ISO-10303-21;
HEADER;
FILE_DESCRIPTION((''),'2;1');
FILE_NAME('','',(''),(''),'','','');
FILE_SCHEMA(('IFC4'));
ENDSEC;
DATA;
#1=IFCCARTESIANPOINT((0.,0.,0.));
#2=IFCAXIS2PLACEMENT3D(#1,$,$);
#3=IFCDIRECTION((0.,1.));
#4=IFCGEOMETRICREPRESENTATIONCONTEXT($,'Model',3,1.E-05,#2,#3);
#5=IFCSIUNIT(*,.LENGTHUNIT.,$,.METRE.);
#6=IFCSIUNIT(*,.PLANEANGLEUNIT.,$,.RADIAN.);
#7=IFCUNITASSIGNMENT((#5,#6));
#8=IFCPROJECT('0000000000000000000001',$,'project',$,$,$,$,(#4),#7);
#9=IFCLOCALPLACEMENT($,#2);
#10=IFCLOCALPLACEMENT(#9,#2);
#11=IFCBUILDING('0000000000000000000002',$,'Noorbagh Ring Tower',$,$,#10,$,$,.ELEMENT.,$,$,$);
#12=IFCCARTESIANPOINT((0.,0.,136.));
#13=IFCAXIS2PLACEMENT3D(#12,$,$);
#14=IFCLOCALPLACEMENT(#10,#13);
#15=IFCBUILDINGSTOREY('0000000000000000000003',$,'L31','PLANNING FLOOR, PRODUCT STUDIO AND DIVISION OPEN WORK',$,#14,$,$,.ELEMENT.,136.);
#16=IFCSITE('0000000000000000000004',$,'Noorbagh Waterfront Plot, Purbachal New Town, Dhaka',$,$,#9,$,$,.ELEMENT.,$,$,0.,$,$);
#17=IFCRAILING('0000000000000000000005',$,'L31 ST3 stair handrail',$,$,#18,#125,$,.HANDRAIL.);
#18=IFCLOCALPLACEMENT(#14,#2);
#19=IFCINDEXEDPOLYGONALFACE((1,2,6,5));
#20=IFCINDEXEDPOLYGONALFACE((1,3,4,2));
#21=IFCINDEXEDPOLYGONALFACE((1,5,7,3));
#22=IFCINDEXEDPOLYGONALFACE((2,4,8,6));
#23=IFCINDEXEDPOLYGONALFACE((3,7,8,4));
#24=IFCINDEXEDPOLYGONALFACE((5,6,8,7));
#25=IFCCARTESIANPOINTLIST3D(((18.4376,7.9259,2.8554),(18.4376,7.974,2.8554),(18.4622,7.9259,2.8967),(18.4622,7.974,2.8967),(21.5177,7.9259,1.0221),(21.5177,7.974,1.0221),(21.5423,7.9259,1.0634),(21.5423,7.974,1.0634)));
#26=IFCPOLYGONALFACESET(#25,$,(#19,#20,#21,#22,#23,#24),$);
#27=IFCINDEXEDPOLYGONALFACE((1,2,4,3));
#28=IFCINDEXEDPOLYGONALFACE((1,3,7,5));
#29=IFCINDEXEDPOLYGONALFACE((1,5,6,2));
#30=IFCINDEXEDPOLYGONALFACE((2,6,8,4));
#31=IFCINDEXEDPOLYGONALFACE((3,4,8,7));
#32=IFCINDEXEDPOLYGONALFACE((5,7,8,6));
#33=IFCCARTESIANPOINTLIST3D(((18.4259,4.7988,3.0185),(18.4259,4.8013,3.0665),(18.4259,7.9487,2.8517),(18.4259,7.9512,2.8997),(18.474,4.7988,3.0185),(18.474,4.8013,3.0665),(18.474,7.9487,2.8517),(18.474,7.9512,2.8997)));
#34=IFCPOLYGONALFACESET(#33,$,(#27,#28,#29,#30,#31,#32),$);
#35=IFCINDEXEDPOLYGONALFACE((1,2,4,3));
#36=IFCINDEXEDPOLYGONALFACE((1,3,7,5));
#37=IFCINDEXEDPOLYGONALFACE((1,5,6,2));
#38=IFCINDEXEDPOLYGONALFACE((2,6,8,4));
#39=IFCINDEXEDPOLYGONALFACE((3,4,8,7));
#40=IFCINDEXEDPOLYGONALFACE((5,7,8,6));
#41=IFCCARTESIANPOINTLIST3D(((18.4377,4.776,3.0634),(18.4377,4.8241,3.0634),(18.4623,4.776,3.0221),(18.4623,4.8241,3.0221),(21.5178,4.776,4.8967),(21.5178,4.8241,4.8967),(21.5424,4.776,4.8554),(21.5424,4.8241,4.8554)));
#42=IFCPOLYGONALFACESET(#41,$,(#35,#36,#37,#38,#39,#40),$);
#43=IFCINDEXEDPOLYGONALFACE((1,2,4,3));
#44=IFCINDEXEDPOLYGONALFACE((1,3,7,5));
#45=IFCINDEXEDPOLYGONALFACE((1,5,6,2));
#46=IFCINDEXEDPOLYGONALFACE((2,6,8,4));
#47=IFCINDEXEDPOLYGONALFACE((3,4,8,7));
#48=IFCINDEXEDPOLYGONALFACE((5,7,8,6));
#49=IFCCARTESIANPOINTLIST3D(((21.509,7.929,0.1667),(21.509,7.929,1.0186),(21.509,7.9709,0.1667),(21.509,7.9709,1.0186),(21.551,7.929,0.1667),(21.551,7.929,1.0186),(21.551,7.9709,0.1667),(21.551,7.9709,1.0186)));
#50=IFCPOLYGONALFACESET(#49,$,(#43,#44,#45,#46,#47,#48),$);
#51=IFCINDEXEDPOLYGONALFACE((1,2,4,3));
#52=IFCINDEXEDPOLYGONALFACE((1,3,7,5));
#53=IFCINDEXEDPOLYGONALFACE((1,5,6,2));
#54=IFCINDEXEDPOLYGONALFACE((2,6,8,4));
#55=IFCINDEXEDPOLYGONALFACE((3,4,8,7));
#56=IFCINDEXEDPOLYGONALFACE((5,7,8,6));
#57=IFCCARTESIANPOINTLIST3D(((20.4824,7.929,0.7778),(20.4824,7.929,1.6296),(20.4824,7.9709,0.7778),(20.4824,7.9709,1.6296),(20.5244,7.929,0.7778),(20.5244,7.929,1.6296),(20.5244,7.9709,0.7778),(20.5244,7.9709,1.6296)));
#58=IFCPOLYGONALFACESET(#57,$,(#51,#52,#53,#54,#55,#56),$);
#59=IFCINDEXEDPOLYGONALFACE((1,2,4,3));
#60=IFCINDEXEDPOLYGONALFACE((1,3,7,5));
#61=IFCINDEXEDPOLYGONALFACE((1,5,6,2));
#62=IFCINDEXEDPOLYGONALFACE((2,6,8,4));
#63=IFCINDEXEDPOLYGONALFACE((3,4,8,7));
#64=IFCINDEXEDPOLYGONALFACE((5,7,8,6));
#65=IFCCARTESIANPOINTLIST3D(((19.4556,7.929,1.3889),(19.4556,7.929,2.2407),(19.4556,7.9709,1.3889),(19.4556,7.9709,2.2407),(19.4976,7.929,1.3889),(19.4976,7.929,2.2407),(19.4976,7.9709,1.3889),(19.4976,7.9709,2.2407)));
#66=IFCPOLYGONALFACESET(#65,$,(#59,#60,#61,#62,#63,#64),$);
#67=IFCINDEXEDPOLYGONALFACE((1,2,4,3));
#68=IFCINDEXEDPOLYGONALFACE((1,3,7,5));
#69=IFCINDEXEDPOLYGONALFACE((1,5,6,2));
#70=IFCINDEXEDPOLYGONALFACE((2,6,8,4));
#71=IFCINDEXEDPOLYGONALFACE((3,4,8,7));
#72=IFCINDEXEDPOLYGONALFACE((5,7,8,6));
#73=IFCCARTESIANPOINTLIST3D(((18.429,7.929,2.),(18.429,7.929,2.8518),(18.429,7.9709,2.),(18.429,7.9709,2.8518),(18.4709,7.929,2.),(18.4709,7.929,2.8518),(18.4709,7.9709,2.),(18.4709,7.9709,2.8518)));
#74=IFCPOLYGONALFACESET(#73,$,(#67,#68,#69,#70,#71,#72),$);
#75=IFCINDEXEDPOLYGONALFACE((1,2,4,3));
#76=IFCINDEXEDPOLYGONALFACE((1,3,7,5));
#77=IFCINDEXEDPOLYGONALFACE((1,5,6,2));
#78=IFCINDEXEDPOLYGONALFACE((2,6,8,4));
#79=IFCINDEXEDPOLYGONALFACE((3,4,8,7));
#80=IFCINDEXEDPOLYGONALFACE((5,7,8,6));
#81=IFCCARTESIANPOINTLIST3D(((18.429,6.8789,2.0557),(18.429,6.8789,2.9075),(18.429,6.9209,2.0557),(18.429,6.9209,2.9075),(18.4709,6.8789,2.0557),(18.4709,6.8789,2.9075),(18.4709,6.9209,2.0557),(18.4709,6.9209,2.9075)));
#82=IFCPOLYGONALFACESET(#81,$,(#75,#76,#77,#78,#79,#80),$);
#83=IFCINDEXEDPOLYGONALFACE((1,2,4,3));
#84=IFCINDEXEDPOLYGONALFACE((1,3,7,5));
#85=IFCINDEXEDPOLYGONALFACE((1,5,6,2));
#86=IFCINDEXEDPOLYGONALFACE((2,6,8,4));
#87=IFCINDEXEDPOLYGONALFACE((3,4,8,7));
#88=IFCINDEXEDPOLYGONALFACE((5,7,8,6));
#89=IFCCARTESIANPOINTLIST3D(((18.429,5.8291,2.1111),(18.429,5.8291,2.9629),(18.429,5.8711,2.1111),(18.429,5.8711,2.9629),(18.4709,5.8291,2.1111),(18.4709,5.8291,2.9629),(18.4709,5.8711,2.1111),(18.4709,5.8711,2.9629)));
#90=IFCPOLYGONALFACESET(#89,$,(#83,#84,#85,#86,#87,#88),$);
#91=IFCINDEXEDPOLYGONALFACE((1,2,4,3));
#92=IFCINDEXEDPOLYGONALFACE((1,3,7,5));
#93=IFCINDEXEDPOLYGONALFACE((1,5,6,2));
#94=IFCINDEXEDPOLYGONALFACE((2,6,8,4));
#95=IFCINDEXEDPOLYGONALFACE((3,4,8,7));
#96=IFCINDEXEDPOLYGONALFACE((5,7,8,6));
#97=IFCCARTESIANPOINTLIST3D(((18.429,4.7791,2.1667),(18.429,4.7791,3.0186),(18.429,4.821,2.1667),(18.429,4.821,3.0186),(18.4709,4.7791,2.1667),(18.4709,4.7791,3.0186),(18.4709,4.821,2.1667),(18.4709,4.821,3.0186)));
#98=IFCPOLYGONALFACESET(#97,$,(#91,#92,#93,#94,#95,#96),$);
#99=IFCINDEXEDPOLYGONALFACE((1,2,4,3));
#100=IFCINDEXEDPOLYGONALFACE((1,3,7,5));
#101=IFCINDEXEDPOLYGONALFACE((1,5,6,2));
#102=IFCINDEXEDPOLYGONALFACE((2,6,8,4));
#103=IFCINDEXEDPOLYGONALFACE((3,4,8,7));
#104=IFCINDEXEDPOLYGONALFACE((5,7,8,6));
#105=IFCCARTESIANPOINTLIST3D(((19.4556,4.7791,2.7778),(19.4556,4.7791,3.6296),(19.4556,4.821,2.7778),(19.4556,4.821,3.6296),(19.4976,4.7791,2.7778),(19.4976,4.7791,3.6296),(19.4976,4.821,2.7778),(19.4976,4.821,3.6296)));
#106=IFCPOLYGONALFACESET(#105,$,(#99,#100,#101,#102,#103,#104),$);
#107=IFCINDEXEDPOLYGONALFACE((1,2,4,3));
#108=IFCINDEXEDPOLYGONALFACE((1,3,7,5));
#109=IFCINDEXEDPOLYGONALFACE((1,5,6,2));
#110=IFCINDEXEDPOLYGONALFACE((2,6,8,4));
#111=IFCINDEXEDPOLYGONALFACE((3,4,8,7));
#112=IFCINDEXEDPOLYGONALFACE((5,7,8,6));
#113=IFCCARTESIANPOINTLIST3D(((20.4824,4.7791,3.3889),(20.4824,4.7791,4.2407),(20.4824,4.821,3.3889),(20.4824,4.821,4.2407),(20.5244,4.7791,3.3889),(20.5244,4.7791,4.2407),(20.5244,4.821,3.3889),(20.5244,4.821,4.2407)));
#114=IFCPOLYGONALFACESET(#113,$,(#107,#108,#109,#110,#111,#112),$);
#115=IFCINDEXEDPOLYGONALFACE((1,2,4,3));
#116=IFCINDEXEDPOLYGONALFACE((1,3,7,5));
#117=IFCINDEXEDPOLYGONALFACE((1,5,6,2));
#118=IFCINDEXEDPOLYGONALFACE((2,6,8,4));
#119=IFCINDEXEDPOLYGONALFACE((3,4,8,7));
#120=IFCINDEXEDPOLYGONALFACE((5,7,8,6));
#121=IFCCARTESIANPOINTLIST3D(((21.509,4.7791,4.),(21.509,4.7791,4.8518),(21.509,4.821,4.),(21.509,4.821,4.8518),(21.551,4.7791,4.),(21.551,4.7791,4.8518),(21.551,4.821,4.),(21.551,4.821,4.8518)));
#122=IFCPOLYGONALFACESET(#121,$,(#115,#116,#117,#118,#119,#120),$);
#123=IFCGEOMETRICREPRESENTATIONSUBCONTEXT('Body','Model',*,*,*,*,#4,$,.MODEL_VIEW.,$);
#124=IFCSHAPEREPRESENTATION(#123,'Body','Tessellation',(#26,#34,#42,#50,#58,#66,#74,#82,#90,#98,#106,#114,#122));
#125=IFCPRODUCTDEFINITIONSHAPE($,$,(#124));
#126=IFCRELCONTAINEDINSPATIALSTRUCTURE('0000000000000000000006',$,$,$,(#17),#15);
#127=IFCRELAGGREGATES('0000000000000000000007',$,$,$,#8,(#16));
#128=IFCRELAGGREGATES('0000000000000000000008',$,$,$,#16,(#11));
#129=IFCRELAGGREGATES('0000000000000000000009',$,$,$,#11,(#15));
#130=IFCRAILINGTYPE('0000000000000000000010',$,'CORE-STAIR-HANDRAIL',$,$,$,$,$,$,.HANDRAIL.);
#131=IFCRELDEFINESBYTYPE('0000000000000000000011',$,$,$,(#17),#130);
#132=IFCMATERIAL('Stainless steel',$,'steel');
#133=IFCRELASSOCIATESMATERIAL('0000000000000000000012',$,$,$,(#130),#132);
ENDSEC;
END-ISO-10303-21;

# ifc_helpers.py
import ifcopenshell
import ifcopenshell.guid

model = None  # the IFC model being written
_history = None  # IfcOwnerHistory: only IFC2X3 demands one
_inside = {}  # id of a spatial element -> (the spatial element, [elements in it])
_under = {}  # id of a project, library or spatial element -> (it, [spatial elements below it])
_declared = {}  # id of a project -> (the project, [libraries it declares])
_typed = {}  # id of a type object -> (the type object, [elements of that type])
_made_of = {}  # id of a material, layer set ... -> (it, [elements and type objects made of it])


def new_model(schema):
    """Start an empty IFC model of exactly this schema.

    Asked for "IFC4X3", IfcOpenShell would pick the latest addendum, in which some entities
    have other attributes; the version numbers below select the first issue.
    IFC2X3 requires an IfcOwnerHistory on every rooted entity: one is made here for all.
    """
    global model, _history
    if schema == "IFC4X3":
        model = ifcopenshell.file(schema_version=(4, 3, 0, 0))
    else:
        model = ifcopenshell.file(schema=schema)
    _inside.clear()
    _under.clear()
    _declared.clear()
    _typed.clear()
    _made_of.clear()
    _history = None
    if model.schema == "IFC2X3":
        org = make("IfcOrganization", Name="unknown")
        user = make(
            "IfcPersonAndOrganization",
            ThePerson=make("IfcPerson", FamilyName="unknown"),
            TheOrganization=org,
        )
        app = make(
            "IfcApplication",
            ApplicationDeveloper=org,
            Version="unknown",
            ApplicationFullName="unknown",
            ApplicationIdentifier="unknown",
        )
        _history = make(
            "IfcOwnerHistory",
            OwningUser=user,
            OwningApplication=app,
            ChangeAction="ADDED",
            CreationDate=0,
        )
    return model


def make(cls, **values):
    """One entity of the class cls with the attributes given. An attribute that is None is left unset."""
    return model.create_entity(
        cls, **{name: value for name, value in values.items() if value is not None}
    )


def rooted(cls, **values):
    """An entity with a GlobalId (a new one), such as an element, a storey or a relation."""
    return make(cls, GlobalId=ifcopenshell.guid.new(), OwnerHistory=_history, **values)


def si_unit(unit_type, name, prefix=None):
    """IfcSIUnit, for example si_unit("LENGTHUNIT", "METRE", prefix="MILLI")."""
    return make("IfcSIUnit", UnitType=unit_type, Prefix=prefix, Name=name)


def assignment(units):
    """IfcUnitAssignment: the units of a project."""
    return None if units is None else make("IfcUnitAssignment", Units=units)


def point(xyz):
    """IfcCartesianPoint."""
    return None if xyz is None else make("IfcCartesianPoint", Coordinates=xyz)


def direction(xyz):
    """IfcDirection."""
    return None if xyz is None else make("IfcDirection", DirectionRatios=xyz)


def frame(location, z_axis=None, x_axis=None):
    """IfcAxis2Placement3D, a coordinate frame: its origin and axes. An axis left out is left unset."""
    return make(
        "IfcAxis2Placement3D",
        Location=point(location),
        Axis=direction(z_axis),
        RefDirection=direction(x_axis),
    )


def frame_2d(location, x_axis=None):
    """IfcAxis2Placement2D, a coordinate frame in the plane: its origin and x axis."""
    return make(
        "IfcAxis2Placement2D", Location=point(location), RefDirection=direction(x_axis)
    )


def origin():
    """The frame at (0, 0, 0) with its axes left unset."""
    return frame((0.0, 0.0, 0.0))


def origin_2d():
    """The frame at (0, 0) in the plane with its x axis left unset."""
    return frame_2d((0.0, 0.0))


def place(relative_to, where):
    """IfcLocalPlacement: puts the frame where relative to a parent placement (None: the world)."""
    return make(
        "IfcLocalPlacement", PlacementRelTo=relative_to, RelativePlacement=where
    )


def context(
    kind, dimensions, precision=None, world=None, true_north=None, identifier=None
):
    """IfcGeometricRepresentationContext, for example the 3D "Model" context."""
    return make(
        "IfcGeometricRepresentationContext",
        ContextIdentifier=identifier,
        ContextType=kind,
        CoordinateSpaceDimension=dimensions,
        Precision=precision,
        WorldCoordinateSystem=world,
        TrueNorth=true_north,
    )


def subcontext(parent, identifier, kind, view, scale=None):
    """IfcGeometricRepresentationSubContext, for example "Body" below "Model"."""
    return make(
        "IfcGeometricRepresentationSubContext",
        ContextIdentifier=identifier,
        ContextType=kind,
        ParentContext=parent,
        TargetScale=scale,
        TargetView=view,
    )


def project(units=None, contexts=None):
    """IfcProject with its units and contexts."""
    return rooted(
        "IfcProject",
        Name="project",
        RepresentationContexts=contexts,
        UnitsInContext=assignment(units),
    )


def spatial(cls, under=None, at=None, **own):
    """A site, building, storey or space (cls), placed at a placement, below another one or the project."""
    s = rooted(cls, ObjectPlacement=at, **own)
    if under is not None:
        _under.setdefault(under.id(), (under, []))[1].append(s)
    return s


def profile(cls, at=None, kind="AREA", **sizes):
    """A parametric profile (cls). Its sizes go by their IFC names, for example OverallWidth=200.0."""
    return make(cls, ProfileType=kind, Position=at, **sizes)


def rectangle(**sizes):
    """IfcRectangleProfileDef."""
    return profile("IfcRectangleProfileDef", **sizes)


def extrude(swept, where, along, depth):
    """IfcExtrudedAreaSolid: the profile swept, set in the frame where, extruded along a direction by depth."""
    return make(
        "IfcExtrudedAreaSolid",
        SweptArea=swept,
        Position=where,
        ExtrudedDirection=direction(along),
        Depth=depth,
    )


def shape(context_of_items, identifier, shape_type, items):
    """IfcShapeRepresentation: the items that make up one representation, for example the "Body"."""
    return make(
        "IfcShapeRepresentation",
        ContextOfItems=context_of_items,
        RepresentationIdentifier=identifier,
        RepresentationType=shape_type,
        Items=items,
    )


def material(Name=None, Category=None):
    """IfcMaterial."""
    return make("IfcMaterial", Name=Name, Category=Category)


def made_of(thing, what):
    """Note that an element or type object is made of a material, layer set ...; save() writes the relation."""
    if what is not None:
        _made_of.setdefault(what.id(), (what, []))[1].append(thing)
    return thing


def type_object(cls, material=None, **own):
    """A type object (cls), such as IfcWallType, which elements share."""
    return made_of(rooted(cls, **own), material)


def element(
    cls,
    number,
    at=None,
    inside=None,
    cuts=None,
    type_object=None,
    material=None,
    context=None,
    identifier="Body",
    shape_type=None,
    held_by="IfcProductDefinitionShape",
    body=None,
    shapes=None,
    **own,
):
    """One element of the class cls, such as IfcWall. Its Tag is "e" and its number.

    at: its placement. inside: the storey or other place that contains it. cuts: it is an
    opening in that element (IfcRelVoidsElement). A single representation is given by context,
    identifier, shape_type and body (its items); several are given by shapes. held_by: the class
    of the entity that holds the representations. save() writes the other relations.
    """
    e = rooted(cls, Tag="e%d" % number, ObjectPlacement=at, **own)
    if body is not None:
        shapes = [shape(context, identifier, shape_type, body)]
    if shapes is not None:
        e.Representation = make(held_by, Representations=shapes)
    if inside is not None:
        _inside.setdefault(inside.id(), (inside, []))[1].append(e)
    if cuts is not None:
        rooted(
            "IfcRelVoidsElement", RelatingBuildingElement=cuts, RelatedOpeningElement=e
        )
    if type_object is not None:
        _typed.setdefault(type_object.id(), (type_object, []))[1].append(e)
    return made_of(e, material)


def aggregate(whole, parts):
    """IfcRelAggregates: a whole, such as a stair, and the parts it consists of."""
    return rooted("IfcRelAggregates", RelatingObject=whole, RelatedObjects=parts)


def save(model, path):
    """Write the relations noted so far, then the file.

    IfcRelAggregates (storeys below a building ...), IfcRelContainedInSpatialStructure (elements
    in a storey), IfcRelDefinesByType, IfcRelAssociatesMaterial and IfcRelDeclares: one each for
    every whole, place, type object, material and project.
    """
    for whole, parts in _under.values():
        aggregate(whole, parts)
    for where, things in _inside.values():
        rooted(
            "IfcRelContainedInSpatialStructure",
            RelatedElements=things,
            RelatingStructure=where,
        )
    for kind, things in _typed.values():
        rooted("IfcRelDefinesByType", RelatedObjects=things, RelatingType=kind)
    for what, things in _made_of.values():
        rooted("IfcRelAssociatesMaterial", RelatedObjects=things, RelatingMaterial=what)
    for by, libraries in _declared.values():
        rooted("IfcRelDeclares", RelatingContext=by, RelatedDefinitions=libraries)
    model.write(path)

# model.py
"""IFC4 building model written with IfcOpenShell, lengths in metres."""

from ifc_helpers import new_model, si_unit, direction, frame, origin, origin_2d, place, context, subcontext, project, spatial, rectangle, extrude, material, type_object, element, save


model = new_model("IFC4")

# Units and contexts
model_context = context("Model", 3, precision=1e-05, world=origin(), true_north=direction((0.0, 1.0)))
body_context = subcontext(model_context, "Body", "Model", "MODEL_VIEW")
ifc_project = project(units=[si_unit("LENGTHUNIT", "METRE"), si_unit("PLANEANGLEUNIT", "RADIAN")], contexts=[model_context])

# Site, building, storey
site_placement = place(None, origin())
site = spatial("IfcSite", under=ifc_project, at=site_placement, Name="Noorbagh Waterfront Plot, Purbachal New Town, Dhaka", CompositionType="ELEMENT", RefElevation=0.0)
building_placement = place(site_placement, origin())
building = spatial("IfcBuilding", under=site, at=building_placement, Name="Noorbagh Ring Tower", CompositionType="ELEMENT")
storey_placement = place(building_placement, frame((0.0, 0.0, 136.0)))
storey = spatial("IfcBuildingStorey", under=building, at=storey_placement, Name="L31", Description="PLANNING FLOOR, PRODUCT STUDIO AND DIVISION OPEN WORK", CompositionType="ELEMENT", Elevation=136.0)

# Railing
ifc_material_1 = material(Name="Stainless steel", Category="steel")
railing_type = type_object("IfcRailingType", Name="CORE-STAIR-HANDRAIL", PredefinedType="HANDRAIL", material=ifc_material_1)
railing_placement = place(storey_placement, frame((21.53, 7.95, 0.1667)))
element("IfcRailing", 1, at=railing_placement, inside=storey, type_object=railing_type, Name="L31 ST3 stair handrail", PredefinedType="HANDRAIL", context=body_context, shape_type="SweptSolid", body=[
    extrude(rectangle(XDim=0.0481, YDim=0.0481, at=origin_2d()), frame((0.0, 0.0, 0.876), z_axis=(-0.859309, 0.0, 0.511458), x_axis=(0.0, -1.0, 0.0)), (0.0, 0.0, 1.0), 3.5845),
    extrude(rectangle(XDim=0.0481, YDim=0.0481, at=origin_2d()), frame((-3.0801, 0.0, 2.709), z_axis=(0.0, -0.998602, 0.052864), x_axis=(1.0, 0.0, 0.0)), (0.0, 0.0, 1.0), 3.1543),
    extrude(rectangle(XDim=0.0481, YDim=0.0481, at=origin_2d()), frame((-3.0801, -3.1499, 2.876), z_axis=(0.859309, 0.0, 0.511458), x_axis=(0.0, 1.0, 0.0)), (0.0, 0.0, 1.0), 3.5845),
    extrude(rectangle(XDim=0.042, YDim=0.042, at=origin_2d()), origin(), (0.0, 0.0, 1.0), 0.8518),
    extrude(rectangle(XDim=0.042, YDim=0.042, at=origin_2d()), frame((-1.0266, 0.0, 0.6111)), (0.0, 0.0, 1.0), 0.8518),
    extrude(rectangle(XDim=0.042, YDim=0.042, at=origin_2d()), frame((-2.0535, 0.0, 1.2222)), (0.0, 0.0, 1.0), 0.8518),
    extrude(rectangle(XDim=0.042, YDim=0.042, at=origin_2d()), frame((-3.0801, 0.0, 1.8333)), (0.0, 0.0, 1.0), 0.8518),
    extrude(rectangle(XDim=0.042, YDim=0.042, at=origin_2d()), frame((-3.0801, -1.05, 1.8889)), (0.0, 0.0, 1.0), 0.8518),
    extrude(rectangle(XDim=0.042, YDim=0.042, at=origin_2d()), frame((-3.0801, -2.0999, 1.9443)), (0.0, 0.0, 1.0), 0.8518),
    extrude(rectangle(XDim=0.042, YDim=0.042, at=origin_2d()), frame((-3.0801, -3.1499, 2.0)), (0.0, 0.0, 1.0), 0.8518),
    extrude(rectangle(XDim=0.042, YDim=0.042, at=origin_2d()), frame((-2.0535, -3.1499, 2.6111)), (0.0, 0.0, 1.0), 0.8518),
    extrude(rectangle(XDim=0.042, YDim=0.042, at=origin_2d()), frame((-1.0266, -3.1499, 3.2222)), (0.0, 0.0, 1.0), 0.8518),
    extrude(rectangle(XDim=0.042, YDim=0.042, at=origin_2d()), frame((0.0, -3.1499, 3.8333)), (0.0, 0.0, 1.0), 0.8518),
])

save(model, "model.ifc")
